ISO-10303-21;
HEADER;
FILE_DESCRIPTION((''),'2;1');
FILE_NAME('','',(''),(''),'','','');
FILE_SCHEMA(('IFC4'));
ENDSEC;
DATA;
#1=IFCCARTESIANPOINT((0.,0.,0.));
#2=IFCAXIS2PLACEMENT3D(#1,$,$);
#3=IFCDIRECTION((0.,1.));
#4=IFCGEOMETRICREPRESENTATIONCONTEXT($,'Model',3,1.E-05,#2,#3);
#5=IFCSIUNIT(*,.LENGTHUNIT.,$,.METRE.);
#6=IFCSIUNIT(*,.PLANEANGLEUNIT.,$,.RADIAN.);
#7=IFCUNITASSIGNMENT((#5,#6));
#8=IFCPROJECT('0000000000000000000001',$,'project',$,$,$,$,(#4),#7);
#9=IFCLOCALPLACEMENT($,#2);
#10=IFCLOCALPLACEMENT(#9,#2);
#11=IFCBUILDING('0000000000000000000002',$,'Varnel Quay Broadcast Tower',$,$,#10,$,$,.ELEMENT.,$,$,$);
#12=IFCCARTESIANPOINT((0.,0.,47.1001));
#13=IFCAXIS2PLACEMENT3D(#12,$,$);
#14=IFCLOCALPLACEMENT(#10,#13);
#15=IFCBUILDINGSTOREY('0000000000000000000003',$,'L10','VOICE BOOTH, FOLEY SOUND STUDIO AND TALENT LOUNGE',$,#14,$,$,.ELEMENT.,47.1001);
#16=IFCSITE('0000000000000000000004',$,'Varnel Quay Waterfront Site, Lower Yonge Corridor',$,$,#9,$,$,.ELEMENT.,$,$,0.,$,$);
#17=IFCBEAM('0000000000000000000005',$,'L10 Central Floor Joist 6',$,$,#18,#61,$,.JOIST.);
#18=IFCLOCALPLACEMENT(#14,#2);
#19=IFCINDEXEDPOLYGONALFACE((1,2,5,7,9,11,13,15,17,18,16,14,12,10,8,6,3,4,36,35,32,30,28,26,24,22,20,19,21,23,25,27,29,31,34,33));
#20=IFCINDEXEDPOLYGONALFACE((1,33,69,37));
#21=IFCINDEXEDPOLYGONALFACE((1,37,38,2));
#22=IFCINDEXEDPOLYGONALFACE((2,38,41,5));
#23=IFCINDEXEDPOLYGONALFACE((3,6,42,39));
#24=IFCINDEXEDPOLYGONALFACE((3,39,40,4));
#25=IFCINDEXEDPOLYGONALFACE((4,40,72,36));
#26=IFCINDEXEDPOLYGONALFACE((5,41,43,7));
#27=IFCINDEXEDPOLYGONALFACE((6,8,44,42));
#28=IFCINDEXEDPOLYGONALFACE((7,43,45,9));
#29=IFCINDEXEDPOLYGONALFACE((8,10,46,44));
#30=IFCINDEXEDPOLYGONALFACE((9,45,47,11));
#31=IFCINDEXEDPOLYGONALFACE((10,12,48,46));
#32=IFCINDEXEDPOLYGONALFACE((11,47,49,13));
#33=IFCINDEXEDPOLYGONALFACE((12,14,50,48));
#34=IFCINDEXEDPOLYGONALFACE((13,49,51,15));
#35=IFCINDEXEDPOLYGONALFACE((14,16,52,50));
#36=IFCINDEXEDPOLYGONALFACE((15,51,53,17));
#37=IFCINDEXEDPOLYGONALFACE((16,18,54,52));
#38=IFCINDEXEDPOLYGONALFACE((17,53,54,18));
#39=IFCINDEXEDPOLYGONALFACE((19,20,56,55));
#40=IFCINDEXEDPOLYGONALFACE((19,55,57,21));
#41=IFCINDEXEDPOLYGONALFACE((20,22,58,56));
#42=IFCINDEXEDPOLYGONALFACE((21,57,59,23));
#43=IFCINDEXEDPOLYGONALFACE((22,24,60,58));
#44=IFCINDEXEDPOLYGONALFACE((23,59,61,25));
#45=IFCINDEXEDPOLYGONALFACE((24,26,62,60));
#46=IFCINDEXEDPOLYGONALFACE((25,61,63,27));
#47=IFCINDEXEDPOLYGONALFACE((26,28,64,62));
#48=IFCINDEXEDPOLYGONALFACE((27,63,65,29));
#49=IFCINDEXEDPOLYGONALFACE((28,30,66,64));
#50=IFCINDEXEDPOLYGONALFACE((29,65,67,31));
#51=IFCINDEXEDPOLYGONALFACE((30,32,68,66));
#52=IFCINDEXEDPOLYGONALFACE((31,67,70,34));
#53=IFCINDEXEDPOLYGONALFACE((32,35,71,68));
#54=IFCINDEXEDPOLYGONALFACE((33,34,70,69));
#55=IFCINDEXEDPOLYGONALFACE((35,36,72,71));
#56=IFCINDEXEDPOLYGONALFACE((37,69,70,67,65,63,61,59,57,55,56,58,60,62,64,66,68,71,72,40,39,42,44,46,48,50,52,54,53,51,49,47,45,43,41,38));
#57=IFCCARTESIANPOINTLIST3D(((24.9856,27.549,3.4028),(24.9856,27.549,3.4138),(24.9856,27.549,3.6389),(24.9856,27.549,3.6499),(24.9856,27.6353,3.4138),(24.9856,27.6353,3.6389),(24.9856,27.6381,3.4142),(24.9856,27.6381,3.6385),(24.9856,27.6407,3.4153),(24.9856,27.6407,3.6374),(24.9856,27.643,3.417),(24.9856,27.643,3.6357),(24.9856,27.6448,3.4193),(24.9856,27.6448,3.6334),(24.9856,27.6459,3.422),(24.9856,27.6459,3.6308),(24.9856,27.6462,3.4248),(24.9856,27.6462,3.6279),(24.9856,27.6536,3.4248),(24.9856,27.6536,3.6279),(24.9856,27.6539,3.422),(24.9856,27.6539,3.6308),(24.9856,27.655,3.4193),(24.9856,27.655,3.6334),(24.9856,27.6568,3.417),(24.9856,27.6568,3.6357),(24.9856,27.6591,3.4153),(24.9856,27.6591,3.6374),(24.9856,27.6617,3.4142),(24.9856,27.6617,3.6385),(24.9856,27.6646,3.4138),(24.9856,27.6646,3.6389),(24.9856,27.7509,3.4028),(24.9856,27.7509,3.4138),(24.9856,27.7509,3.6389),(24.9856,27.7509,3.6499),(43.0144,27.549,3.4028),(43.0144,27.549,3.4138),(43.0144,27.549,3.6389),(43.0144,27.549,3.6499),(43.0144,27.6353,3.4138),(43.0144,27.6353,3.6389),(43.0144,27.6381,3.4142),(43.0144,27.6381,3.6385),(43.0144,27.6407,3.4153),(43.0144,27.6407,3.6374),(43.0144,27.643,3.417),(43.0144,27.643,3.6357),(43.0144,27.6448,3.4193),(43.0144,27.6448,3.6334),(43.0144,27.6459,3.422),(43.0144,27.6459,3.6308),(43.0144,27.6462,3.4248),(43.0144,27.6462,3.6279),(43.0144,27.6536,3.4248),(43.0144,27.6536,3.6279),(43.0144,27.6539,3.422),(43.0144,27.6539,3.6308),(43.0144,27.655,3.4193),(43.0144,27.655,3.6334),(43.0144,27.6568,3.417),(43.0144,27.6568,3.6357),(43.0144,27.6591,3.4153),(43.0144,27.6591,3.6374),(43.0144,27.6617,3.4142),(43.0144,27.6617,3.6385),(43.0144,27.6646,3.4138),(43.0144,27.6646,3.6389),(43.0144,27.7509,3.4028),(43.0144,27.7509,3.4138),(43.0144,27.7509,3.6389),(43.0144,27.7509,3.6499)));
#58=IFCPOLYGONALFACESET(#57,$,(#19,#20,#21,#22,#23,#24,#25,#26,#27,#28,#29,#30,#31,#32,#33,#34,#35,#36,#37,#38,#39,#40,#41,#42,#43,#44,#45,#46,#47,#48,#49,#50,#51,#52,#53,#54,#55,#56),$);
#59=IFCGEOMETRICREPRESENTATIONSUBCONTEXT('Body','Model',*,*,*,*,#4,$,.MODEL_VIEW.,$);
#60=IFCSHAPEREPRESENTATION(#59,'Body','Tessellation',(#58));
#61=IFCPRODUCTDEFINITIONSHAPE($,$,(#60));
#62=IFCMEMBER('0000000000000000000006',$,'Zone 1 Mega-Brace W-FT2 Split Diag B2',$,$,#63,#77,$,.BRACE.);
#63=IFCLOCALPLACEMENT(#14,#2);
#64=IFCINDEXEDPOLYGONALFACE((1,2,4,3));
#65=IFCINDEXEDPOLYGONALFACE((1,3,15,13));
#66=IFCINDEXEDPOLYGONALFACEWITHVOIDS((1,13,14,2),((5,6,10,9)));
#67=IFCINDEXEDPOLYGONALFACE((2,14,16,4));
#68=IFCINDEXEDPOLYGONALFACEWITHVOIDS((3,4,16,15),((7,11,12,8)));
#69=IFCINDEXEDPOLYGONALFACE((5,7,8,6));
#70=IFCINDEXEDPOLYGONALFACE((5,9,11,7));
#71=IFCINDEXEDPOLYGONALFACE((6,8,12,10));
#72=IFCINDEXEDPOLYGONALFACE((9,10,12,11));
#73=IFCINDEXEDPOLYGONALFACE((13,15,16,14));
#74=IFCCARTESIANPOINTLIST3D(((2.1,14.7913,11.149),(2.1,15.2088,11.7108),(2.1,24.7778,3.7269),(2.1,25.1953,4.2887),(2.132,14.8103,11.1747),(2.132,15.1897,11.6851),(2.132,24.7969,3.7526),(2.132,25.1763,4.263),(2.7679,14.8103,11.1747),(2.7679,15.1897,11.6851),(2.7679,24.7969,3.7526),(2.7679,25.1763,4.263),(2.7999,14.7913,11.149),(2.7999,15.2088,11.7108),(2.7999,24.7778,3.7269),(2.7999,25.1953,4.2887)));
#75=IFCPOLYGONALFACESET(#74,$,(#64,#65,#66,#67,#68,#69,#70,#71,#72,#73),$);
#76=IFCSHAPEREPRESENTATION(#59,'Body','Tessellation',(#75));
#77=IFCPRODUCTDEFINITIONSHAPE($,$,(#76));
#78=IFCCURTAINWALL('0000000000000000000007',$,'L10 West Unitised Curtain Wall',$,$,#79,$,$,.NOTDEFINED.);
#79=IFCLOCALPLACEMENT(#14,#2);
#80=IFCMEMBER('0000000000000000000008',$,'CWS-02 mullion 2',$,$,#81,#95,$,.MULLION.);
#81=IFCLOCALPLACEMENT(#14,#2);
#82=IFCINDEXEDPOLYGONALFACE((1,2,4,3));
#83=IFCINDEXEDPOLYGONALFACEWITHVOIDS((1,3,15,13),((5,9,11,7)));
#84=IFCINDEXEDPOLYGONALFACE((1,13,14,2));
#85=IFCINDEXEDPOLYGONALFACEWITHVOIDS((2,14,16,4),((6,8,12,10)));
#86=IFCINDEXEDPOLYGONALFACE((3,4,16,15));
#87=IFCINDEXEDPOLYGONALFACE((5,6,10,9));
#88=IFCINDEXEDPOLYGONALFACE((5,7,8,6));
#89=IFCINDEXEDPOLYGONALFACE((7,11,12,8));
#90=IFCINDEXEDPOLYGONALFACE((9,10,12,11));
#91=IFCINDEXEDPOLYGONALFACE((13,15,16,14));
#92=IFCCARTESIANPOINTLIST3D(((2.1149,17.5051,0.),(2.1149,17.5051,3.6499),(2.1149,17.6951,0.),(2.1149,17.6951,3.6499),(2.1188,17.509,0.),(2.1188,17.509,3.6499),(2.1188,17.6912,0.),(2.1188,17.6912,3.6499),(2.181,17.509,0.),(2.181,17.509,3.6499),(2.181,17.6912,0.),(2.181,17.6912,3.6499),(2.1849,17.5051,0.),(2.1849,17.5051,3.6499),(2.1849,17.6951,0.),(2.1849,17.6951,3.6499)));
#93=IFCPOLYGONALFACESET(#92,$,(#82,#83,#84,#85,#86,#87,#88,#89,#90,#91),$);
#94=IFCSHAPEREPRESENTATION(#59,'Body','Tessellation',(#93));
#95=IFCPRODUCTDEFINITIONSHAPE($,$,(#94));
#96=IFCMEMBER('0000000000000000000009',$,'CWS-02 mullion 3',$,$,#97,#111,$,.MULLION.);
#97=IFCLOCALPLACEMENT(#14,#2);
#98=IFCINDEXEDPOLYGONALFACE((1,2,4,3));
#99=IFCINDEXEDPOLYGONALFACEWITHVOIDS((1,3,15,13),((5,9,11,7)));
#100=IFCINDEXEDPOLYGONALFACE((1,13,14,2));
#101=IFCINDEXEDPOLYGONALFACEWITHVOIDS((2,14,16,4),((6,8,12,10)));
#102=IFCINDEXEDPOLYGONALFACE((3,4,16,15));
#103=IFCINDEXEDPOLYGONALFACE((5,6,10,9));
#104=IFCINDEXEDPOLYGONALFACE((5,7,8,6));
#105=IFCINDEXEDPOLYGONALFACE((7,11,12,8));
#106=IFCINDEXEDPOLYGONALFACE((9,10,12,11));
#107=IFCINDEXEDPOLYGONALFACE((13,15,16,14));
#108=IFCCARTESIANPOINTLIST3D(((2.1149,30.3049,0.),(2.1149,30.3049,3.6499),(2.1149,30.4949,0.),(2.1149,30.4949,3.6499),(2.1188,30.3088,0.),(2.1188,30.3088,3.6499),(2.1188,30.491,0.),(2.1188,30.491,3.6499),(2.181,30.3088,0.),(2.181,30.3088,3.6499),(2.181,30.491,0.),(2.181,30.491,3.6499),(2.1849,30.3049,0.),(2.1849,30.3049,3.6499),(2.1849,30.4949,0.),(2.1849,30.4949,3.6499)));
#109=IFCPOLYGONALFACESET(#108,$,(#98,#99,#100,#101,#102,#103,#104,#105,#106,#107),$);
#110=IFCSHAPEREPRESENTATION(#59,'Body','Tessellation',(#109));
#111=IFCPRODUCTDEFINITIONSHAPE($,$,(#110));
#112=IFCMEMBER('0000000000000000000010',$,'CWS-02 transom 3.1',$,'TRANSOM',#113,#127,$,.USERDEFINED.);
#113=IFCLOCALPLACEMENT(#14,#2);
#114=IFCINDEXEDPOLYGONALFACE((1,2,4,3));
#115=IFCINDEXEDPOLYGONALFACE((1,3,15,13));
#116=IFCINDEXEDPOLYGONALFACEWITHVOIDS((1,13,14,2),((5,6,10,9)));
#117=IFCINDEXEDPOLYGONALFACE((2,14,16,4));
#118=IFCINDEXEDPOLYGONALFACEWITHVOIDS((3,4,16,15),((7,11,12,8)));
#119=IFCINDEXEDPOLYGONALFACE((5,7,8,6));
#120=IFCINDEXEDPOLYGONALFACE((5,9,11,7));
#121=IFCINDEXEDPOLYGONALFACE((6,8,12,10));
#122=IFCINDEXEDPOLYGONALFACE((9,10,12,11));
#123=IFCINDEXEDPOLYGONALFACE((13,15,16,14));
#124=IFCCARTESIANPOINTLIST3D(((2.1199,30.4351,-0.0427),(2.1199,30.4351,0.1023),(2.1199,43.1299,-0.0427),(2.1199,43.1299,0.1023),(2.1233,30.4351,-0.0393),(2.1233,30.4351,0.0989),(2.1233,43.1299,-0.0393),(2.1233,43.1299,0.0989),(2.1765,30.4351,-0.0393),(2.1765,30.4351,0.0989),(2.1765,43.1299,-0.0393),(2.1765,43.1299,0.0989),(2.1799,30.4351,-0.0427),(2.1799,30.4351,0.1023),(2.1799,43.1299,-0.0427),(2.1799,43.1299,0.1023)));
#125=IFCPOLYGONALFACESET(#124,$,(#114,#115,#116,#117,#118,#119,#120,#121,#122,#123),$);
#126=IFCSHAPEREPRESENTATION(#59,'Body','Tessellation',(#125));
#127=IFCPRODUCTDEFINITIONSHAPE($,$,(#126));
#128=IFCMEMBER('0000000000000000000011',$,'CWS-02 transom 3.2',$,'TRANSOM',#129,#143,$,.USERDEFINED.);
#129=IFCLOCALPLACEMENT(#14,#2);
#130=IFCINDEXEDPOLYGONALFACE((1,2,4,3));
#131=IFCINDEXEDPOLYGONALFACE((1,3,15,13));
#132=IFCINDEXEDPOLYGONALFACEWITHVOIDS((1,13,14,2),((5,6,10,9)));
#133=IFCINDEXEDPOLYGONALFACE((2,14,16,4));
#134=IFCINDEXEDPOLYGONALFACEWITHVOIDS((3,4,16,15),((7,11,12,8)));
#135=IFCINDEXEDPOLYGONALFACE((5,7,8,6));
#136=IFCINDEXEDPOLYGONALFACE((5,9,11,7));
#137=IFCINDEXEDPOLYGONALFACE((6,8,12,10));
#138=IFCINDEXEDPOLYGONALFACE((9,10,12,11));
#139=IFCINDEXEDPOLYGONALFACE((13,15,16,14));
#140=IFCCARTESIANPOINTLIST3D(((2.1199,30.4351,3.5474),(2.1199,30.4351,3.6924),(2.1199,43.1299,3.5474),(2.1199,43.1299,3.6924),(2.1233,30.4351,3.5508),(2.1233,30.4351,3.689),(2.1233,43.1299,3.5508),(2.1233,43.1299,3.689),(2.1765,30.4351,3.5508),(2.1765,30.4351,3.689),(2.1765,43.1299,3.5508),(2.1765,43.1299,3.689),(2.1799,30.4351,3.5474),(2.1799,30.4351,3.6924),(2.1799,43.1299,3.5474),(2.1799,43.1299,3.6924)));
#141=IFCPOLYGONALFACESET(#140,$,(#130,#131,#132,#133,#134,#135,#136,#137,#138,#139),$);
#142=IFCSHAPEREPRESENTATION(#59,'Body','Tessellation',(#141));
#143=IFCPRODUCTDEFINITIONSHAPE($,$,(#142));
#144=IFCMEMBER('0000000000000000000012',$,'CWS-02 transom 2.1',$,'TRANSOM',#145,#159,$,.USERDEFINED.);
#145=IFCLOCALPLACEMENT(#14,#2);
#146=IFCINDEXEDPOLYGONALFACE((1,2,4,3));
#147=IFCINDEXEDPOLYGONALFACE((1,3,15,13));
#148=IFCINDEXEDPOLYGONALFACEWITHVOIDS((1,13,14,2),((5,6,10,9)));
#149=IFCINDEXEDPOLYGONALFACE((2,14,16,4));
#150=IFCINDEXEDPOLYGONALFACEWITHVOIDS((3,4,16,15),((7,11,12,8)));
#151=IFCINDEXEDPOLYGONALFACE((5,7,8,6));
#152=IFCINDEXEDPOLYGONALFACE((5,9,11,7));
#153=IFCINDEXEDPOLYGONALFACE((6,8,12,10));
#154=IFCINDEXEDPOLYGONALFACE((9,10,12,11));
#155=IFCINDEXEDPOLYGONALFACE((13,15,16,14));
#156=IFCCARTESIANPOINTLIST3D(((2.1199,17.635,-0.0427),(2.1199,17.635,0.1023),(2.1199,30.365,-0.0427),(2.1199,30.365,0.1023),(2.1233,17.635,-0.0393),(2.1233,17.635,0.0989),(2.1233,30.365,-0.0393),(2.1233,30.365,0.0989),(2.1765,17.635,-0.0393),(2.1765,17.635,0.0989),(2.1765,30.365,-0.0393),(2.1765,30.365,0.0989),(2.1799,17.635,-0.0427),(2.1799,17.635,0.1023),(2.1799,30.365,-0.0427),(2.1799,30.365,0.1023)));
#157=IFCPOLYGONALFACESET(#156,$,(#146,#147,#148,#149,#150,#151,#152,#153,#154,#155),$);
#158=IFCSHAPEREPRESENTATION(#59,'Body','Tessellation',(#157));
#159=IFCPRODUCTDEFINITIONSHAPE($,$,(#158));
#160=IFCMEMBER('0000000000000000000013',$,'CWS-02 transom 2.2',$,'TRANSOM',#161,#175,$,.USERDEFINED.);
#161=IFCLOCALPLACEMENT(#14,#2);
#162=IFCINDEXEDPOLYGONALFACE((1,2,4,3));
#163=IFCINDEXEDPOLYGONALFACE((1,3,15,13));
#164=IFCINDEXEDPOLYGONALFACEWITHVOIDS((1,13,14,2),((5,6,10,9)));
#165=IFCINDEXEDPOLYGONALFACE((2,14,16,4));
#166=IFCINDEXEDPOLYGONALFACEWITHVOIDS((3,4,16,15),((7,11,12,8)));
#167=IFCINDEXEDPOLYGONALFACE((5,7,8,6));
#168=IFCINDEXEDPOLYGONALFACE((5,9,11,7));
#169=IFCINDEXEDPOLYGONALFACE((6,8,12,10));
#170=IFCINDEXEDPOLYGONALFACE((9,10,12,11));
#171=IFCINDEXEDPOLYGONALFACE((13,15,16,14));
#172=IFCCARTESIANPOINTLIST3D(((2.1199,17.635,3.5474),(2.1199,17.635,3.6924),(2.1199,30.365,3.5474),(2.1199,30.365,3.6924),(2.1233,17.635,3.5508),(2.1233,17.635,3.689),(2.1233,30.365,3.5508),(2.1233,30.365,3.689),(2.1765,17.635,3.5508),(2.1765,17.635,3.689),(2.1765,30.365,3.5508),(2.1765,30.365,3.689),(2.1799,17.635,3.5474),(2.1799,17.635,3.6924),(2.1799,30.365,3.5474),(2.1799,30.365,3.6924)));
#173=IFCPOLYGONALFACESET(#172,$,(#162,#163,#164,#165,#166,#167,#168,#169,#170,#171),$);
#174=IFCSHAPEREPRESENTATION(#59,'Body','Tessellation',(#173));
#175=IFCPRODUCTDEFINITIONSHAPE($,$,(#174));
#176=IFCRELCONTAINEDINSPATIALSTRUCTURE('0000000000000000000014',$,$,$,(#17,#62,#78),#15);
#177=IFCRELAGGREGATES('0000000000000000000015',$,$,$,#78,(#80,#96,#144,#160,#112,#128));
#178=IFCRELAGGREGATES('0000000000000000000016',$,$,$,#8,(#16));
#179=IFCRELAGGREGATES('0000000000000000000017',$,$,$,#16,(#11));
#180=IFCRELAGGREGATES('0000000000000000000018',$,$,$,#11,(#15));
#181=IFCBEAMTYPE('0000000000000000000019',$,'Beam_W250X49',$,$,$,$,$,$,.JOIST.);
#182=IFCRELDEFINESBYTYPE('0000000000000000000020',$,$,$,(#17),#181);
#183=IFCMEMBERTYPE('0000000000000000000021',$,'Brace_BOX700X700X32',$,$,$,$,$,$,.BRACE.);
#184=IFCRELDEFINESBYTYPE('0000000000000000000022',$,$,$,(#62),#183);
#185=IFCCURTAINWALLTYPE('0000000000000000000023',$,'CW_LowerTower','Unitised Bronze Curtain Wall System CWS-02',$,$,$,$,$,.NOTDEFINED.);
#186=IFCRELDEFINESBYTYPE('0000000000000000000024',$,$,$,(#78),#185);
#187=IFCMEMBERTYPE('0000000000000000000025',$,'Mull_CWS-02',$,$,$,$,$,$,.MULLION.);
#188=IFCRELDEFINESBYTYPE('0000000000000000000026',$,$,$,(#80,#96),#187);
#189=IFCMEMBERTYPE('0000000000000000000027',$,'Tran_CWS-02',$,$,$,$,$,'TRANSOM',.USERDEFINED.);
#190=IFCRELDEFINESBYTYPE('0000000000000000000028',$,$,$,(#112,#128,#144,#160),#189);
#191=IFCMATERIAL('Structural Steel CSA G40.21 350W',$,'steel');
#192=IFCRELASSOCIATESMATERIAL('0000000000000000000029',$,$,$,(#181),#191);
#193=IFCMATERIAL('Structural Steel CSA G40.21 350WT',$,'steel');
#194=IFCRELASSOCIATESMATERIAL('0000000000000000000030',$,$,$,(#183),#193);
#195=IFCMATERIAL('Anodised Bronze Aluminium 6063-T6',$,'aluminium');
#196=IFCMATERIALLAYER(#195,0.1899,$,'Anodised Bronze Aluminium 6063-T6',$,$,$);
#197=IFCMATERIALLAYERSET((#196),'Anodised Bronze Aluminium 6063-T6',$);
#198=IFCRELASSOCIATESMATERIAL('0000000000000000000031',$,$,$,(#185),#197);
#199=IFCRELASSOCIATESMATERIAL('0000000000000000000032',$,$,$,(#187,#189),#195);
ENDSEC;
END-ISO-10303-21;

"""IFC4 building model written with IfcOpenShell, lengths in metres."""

from ifc_helpers import new_model, si_unit, direction, frame, origin, origin_2d, place, context, subcontext, project, spatial, hollow_rectangle, i_section, extrude, source, transform, mapped, material, layer, layer_set, material_profile, profile_set, type_object, type_shapes, element, aggregate, save


model = new_model("IFC4")

# Units and contexts
model_context = context("Model", 3, precision=1e-05, world=origin(), true_north=direction((0.0, 1.0)))
body_context = subcontext(model_context, "Body", "Model", "MODEL_VIEW")
ifc_project = project(units=[si_unit("LENGTHUNIT", "METRE"), si_unit("PLANEANGLEUNIT", "RADIAN")], contexts=[model_context])

# Site, building, storey
site_placement = place(None, origin())
site = spatial("IfcSite", under=ifc_project, at=site_placement, Name="Varnel Quay Waterfront Site, Lower Yonge Corridor", CompositionType="ELEMENT", RefElevation=0.0)
building_placement = place(site_placement, origin())
building = spatial("IfcBuilding", under=site, at=building_placement, Name="Varnel Quay Broadcast Tower", CompositionType="ELEMENT")
storey_placement = place(building_placement, frame((0.0, 0.0, 47.1001)))
storey = spatial("IfcBuildingStorey", under=building, at=storey_placement, Name="L10", Description="VOICE BOOTH, FOLEY SOUND STUDIO AND TALENT LOUNGE", CompositionType="ELEMENT", Elevation=47.1001)

# Shared definitions
ifc_material_1 = material(Name="Structural Steel CSA G40.21 350WT", Category="steel")
ifc_material_2 = material(Name="Structural Steel CSA G40.21 350W", Category="steel")

# Beam
ifc_material_profile_1 = material_profile(ifc_material_2, i_section(OverallWidth=0.2019, OverallDepth=0.2471, WebThickness=0.0073, FlangeThickness=0.011, FilletRadius=0.011, at=origin_2d()), Name="W250X49")
ifc_profile_set_1 = profile_set([ifc_material_profile_1], Name="Structural Steel CSA G40.21 350W")
beam_type_1 = type_object("IfcBeamType", Name="Beam_W250X49", PredefinedType="JOIST", material=ifc_profile_set_1)
shared_shape_1 = source(origin(), body_context, "Body", "SweptSolid", [
    extrude(i_section(OverallWidth=0.2019, OverallDepth=0.2471, WebThickness=0.0073, FlangeThickness=0.011, FilletRadius=0.011, at=origin_2d()), origin(), (0.0, 0.0, 1.0), 18.0288),
])
beam_1_placement = place(storey_placement, frame((24.9856, 27.6499, 3.5264), z_axis=(1.0, 0.0, 0.0), x_axis=(0.0, 1.0, 0.0)))
element("IfcBeam", 1, at=beam_1_placement, inside=storey, type_object=beam_type_1, Name="L10 Central Floor Joist 6", PredefinedType="JOIST", context=body_context, shape_type="MappedRepresentation", body=[
    mapped(shared_shape_1, transform((0.0, 0.0, 0.0), x_axis=(1.0, 0.0, 0.0), y_axis=(0.0, 1.0, 0.0), z_axis=(0.0, 0.0, 1.0), scale=1.0)),
])

# Member
ifc_material_profile_2 = material_profile(ifc_material_1, hollow_rectangle(XDim=0.7, YDim=0.7, WallThickness=0.032, at=origin_2d()), Name="BOX700X700X32")
ifc_profile_set_2 = profile_set([ifc_material_profile_2], Name="Structural Steel CSA G40.21 350WT")
member_type_1 = type_object("IfcMemberType", Name="Brace_BOX700X700X32", PredefinedType="BRACE", material=ifc_profile_set_2)
shared_shape_2 = source(origin(), body_context, "Body", "SweptSolid", [
    extrude(hollow_rectangle(XDim=0.7, YDim=0.7, WallThickness=0.032, at=origin_2d()), origin(), (0.0, 0.0, 1.0), 12.4426),
])
type_shapes(member_type_1, [shared_shape_2])
member_1_placement = place(storey_placement, frame((2.45, 24.9866, 4.0078), z_axis=(0.0, -0.802608, 0.596506), x_axis=(1.0, 0.0, 0.0)))
element("IfcMember", 2, at=member_1_placement, inside=storey, type_object=member_type_1, Name="Zone 1 Mega-Brace W-FT2 Split Diag B2", PredefinedType="BRACE", context=body_context, shape_type="MappedRepresentation", body=[
    mapped(shared_shape_2, transform((0.0, 0.0, 0.0), x_axis=(1.0, 0.0, 0.0), y_axis=(0.0, 1.0, 0.0), z_axis=(0.0, 0.0, 1.0), scale=1.0)),
])

# Curtain wall, members
ifc_material_3 = material(Name="Anodised Bronze Aluminium 6063-T6", Category="aluminium")
ifc_layer_1 = layer(ifc_material_3, 0.1899, Name="Anodised Bronze Aluminium 6063-T6")
ifc_layer_set_1 = layer_set([ifc_layer_1], Name="Anodised Bronze Aluminium 6063-T6")
curtain_wall_type = type_object("IfcCurtainWallType", Name="CW_LowerTower", Description="Unitised Bronze Curtain Wall System CWS-02", PredefinedType="NOTDEFINED", material=ifc_layer_set_1)
curtain_wall_placement = place(storey_placement, origin())
curtain_wall = element("IfcCurtainWall", 3, at=curtain_wall_placement, inside=storey, type_object=curtain_wall_type, Name="L10 West Unitised Curtain Wall", PredefinedType="NOTDEFINED")
ifc_material_profile_3 = material_profile(ifc_material_3, hollow_rectangle(XDim=0.0701, YDim=0.1899, WallThickness=0.0039, at=origin_2d()), Name="ALU70X190X4")
ifc_profile_set_3 = profile_set([ifc_material_profile_3], Name="Anodised Bronze Aluminium 6063-T6")
member_type_2 = type_object("IfcMemberType", Name="Mull_CWS-02", PredefinedType="MULLION", material=ifc_profile_set_3)
shared_shape_3 = source(origin(), body_context, "Body", "SweptSolid", [
    extrude(hollow_rectangle(XDim=0.0701, YDim=0.1899, WallThickness=0.0039, at=origin_2d()), origin(), (0.0, 0.0, 1.0), 3.6499),
])
type_shapes(member_type_2, [shared_shape_3])
member_2_placement = place(storey_placement, frame((2.1499, 17.6001, 0.0), z_axis=(0.0, 0.0, 1.0), x_axis=(-1.0, 0.0, 0.0)))
member_2 = element("IfcMember", 4, at=member_2_placement, type_object=member_type_2, Name="CWS-02 mullion 2", PredefinedType="MULLION", context=body_context, shape_type="MappedRepresentation", body=[
    mapped(shared_shape_3, transform((0.0, 0.0, 0.0), x_axis=(1.0, 0.0, 0.0), y_axis=(0.0, 1.0, 0.0), z_axis=(0.0, 0.0, 1.0), scale=1.0)),
])
member_3_placement = place(storey_placement, frame((2.1499, 30.3999, 0.0), z_axis=(0.0, 0.0, 1.0), x_axis=(-1.0, 0.0, 0.0)))
member_3 = element("IfcMember", 5, at=member_3_placement, type_object=member_type_2, Name="CWS-02 mullion 3", PredefinedType="MULLION", context=body_context, shape_type="MappedRepresentation", body=[
    mapped(shared_shape_3, transform((0.0, 0.0, 0.0), x_axis=(1.0, 0.0, 0.0), y_axis=(0.0, 1.0, 0.0), z_axis=(0.0, 0.0, 1.0), scale=1.0)),
])
ifc_material_profile_4 = material_profile(ifc_material_3, hollow_rectangle(XDim=0.0601, YDim=0.145, WallThickness=0.0034, at=origin_2d()), Name="ALU60X145X3.5")
ifc_profile_set_4 = profile_set([ifc_material_profile_4], Name="Anodised Bronze Aluminium 6063-T6")
member_type_3 = type_object("IfcMemberType", Name="Tran_CWS-02", ElementType="TRANSOM", PredefinedType="USERDEFINED", material=ifc_profile_set_4)
shared_shape_4 = source(origin(), body_context, "Body", "SweptSolid", [
    extrude(hollow_rectangle(XDim=0.0601, YDim=0.145, WallThickness=0.0034, at=origin_2d()), origin(), (0.0, 0.0, 1.0), 12.6948),
])
member_4_placement = place(storey_placement, frame((2.1499, 30.4351, 0.0298), z_axis=(0.0, 1.0, 0.0), x_axis=(-1.0, 0.0, 0.0)))
member_4 = element("IfcMember", 6, at=member_4_placement, type_object=member_type_3, Name="CWS-02 transom 3.1", ObjectType="TRANSOM", PredefinedType="USERDEFINED", context=body_context, shape_type="MappedRepresentation", body=[
    mapped(shared_shape_4, transform((0.0, 0.0, 0.0), x_axis=(1.0, 0.0, 0.0), y_axis=(0.0, 1.0, 0.0), z_axis=(0.0, 0.0, 1.0), scale=1.0)),
])
member_5_placement = place(storey_placement, frame((2.1499, 30.4351, 3.6199), z_axis=(0.0, 1.0, 0.0), x_axis=(-1.0, 0.0, 0.0)))
member_5 = element("IfcMember", 7, at=member_5_placement, type_object=member_type_3, Name="CWS-02 transom 3.2", ObjectType="TRANSOM", PredefinedType="USERDEFINED", context=body_context, shape_type="MappedRepresentation", body=[
    mapped(shared_shape_4, transform((0.0, 0.0, 0.0), x_axis=(1.0, 0.0, 0.0), y_axis=(0.0, 1.0, 0.0), z_axis=(0.0, 0.0, 1.0), scale=1.0)),
])
shared_shape_5 = source(origin(), body_context, "Body", "SweptSolid", [
    extrude(hollow_rectangle(XDim=0.0601, YDim=0.145, WallThickness=0.0034, at=origin_2d()), origin(), (0.0, 0.0, 1.0), 12.73),
])
type_shapes(member_type_3, [shared_shape_4, shared_shape_5])
member_6_placement = place(storey_placement, frame((2.1499, 17.635, 0.0298), z_axis=(0.0, 1.0, 0.0), x_axis=(-1.0, 0.0, 0.0)))
member_6 = element("IfcMember", 8, at=member_6_placement, type_object=member_type_3, Name="CWS-02 transom 2.1", ObjectType="TRANSOM", PredefinedType="USERDEFINED", context=body_context, shape_type="MappedRepresentation", body=[
    mapped(shared_shape_5, transform((0.0, 0.0, 0.0), x_axis=(1.0, 0.0, 0.0), y_axis=(0.0, 1.0, 0.0), z_axis=(0.0, 0.0, 1.0), scale=1.0)),
])
member_7_placement = place(storey_placement, frame((2.1499, 17.635, 3.6199), z_axis=(0.0, 1.0, 0.0), x_axis=(-1.0, 0.0, 0.0)))
member_7 = element("IfcMember", 9, at=member_7_placement, type_object=member_type_3, Name="CWS-02 transom 2.2", ObjectType="TRANSOM", PredefinedType="USERDEFINED", context=body_context, shape_type="MappedRepresentation", body=[
    mapped(shared_shape_5, transform((0.0, 0.0, 0.0), x_axis=(1.0, 0.0, 0.0), y_axis=(0.0, 1.0, 0.0), z_axis=(0.0, 0.0, 1.0), scale=1.0)),
])

aggregate(curtain_wall, [member_2, member_3, member_6, member_7, member_4, member_5])

save(model, "model.ifc")
